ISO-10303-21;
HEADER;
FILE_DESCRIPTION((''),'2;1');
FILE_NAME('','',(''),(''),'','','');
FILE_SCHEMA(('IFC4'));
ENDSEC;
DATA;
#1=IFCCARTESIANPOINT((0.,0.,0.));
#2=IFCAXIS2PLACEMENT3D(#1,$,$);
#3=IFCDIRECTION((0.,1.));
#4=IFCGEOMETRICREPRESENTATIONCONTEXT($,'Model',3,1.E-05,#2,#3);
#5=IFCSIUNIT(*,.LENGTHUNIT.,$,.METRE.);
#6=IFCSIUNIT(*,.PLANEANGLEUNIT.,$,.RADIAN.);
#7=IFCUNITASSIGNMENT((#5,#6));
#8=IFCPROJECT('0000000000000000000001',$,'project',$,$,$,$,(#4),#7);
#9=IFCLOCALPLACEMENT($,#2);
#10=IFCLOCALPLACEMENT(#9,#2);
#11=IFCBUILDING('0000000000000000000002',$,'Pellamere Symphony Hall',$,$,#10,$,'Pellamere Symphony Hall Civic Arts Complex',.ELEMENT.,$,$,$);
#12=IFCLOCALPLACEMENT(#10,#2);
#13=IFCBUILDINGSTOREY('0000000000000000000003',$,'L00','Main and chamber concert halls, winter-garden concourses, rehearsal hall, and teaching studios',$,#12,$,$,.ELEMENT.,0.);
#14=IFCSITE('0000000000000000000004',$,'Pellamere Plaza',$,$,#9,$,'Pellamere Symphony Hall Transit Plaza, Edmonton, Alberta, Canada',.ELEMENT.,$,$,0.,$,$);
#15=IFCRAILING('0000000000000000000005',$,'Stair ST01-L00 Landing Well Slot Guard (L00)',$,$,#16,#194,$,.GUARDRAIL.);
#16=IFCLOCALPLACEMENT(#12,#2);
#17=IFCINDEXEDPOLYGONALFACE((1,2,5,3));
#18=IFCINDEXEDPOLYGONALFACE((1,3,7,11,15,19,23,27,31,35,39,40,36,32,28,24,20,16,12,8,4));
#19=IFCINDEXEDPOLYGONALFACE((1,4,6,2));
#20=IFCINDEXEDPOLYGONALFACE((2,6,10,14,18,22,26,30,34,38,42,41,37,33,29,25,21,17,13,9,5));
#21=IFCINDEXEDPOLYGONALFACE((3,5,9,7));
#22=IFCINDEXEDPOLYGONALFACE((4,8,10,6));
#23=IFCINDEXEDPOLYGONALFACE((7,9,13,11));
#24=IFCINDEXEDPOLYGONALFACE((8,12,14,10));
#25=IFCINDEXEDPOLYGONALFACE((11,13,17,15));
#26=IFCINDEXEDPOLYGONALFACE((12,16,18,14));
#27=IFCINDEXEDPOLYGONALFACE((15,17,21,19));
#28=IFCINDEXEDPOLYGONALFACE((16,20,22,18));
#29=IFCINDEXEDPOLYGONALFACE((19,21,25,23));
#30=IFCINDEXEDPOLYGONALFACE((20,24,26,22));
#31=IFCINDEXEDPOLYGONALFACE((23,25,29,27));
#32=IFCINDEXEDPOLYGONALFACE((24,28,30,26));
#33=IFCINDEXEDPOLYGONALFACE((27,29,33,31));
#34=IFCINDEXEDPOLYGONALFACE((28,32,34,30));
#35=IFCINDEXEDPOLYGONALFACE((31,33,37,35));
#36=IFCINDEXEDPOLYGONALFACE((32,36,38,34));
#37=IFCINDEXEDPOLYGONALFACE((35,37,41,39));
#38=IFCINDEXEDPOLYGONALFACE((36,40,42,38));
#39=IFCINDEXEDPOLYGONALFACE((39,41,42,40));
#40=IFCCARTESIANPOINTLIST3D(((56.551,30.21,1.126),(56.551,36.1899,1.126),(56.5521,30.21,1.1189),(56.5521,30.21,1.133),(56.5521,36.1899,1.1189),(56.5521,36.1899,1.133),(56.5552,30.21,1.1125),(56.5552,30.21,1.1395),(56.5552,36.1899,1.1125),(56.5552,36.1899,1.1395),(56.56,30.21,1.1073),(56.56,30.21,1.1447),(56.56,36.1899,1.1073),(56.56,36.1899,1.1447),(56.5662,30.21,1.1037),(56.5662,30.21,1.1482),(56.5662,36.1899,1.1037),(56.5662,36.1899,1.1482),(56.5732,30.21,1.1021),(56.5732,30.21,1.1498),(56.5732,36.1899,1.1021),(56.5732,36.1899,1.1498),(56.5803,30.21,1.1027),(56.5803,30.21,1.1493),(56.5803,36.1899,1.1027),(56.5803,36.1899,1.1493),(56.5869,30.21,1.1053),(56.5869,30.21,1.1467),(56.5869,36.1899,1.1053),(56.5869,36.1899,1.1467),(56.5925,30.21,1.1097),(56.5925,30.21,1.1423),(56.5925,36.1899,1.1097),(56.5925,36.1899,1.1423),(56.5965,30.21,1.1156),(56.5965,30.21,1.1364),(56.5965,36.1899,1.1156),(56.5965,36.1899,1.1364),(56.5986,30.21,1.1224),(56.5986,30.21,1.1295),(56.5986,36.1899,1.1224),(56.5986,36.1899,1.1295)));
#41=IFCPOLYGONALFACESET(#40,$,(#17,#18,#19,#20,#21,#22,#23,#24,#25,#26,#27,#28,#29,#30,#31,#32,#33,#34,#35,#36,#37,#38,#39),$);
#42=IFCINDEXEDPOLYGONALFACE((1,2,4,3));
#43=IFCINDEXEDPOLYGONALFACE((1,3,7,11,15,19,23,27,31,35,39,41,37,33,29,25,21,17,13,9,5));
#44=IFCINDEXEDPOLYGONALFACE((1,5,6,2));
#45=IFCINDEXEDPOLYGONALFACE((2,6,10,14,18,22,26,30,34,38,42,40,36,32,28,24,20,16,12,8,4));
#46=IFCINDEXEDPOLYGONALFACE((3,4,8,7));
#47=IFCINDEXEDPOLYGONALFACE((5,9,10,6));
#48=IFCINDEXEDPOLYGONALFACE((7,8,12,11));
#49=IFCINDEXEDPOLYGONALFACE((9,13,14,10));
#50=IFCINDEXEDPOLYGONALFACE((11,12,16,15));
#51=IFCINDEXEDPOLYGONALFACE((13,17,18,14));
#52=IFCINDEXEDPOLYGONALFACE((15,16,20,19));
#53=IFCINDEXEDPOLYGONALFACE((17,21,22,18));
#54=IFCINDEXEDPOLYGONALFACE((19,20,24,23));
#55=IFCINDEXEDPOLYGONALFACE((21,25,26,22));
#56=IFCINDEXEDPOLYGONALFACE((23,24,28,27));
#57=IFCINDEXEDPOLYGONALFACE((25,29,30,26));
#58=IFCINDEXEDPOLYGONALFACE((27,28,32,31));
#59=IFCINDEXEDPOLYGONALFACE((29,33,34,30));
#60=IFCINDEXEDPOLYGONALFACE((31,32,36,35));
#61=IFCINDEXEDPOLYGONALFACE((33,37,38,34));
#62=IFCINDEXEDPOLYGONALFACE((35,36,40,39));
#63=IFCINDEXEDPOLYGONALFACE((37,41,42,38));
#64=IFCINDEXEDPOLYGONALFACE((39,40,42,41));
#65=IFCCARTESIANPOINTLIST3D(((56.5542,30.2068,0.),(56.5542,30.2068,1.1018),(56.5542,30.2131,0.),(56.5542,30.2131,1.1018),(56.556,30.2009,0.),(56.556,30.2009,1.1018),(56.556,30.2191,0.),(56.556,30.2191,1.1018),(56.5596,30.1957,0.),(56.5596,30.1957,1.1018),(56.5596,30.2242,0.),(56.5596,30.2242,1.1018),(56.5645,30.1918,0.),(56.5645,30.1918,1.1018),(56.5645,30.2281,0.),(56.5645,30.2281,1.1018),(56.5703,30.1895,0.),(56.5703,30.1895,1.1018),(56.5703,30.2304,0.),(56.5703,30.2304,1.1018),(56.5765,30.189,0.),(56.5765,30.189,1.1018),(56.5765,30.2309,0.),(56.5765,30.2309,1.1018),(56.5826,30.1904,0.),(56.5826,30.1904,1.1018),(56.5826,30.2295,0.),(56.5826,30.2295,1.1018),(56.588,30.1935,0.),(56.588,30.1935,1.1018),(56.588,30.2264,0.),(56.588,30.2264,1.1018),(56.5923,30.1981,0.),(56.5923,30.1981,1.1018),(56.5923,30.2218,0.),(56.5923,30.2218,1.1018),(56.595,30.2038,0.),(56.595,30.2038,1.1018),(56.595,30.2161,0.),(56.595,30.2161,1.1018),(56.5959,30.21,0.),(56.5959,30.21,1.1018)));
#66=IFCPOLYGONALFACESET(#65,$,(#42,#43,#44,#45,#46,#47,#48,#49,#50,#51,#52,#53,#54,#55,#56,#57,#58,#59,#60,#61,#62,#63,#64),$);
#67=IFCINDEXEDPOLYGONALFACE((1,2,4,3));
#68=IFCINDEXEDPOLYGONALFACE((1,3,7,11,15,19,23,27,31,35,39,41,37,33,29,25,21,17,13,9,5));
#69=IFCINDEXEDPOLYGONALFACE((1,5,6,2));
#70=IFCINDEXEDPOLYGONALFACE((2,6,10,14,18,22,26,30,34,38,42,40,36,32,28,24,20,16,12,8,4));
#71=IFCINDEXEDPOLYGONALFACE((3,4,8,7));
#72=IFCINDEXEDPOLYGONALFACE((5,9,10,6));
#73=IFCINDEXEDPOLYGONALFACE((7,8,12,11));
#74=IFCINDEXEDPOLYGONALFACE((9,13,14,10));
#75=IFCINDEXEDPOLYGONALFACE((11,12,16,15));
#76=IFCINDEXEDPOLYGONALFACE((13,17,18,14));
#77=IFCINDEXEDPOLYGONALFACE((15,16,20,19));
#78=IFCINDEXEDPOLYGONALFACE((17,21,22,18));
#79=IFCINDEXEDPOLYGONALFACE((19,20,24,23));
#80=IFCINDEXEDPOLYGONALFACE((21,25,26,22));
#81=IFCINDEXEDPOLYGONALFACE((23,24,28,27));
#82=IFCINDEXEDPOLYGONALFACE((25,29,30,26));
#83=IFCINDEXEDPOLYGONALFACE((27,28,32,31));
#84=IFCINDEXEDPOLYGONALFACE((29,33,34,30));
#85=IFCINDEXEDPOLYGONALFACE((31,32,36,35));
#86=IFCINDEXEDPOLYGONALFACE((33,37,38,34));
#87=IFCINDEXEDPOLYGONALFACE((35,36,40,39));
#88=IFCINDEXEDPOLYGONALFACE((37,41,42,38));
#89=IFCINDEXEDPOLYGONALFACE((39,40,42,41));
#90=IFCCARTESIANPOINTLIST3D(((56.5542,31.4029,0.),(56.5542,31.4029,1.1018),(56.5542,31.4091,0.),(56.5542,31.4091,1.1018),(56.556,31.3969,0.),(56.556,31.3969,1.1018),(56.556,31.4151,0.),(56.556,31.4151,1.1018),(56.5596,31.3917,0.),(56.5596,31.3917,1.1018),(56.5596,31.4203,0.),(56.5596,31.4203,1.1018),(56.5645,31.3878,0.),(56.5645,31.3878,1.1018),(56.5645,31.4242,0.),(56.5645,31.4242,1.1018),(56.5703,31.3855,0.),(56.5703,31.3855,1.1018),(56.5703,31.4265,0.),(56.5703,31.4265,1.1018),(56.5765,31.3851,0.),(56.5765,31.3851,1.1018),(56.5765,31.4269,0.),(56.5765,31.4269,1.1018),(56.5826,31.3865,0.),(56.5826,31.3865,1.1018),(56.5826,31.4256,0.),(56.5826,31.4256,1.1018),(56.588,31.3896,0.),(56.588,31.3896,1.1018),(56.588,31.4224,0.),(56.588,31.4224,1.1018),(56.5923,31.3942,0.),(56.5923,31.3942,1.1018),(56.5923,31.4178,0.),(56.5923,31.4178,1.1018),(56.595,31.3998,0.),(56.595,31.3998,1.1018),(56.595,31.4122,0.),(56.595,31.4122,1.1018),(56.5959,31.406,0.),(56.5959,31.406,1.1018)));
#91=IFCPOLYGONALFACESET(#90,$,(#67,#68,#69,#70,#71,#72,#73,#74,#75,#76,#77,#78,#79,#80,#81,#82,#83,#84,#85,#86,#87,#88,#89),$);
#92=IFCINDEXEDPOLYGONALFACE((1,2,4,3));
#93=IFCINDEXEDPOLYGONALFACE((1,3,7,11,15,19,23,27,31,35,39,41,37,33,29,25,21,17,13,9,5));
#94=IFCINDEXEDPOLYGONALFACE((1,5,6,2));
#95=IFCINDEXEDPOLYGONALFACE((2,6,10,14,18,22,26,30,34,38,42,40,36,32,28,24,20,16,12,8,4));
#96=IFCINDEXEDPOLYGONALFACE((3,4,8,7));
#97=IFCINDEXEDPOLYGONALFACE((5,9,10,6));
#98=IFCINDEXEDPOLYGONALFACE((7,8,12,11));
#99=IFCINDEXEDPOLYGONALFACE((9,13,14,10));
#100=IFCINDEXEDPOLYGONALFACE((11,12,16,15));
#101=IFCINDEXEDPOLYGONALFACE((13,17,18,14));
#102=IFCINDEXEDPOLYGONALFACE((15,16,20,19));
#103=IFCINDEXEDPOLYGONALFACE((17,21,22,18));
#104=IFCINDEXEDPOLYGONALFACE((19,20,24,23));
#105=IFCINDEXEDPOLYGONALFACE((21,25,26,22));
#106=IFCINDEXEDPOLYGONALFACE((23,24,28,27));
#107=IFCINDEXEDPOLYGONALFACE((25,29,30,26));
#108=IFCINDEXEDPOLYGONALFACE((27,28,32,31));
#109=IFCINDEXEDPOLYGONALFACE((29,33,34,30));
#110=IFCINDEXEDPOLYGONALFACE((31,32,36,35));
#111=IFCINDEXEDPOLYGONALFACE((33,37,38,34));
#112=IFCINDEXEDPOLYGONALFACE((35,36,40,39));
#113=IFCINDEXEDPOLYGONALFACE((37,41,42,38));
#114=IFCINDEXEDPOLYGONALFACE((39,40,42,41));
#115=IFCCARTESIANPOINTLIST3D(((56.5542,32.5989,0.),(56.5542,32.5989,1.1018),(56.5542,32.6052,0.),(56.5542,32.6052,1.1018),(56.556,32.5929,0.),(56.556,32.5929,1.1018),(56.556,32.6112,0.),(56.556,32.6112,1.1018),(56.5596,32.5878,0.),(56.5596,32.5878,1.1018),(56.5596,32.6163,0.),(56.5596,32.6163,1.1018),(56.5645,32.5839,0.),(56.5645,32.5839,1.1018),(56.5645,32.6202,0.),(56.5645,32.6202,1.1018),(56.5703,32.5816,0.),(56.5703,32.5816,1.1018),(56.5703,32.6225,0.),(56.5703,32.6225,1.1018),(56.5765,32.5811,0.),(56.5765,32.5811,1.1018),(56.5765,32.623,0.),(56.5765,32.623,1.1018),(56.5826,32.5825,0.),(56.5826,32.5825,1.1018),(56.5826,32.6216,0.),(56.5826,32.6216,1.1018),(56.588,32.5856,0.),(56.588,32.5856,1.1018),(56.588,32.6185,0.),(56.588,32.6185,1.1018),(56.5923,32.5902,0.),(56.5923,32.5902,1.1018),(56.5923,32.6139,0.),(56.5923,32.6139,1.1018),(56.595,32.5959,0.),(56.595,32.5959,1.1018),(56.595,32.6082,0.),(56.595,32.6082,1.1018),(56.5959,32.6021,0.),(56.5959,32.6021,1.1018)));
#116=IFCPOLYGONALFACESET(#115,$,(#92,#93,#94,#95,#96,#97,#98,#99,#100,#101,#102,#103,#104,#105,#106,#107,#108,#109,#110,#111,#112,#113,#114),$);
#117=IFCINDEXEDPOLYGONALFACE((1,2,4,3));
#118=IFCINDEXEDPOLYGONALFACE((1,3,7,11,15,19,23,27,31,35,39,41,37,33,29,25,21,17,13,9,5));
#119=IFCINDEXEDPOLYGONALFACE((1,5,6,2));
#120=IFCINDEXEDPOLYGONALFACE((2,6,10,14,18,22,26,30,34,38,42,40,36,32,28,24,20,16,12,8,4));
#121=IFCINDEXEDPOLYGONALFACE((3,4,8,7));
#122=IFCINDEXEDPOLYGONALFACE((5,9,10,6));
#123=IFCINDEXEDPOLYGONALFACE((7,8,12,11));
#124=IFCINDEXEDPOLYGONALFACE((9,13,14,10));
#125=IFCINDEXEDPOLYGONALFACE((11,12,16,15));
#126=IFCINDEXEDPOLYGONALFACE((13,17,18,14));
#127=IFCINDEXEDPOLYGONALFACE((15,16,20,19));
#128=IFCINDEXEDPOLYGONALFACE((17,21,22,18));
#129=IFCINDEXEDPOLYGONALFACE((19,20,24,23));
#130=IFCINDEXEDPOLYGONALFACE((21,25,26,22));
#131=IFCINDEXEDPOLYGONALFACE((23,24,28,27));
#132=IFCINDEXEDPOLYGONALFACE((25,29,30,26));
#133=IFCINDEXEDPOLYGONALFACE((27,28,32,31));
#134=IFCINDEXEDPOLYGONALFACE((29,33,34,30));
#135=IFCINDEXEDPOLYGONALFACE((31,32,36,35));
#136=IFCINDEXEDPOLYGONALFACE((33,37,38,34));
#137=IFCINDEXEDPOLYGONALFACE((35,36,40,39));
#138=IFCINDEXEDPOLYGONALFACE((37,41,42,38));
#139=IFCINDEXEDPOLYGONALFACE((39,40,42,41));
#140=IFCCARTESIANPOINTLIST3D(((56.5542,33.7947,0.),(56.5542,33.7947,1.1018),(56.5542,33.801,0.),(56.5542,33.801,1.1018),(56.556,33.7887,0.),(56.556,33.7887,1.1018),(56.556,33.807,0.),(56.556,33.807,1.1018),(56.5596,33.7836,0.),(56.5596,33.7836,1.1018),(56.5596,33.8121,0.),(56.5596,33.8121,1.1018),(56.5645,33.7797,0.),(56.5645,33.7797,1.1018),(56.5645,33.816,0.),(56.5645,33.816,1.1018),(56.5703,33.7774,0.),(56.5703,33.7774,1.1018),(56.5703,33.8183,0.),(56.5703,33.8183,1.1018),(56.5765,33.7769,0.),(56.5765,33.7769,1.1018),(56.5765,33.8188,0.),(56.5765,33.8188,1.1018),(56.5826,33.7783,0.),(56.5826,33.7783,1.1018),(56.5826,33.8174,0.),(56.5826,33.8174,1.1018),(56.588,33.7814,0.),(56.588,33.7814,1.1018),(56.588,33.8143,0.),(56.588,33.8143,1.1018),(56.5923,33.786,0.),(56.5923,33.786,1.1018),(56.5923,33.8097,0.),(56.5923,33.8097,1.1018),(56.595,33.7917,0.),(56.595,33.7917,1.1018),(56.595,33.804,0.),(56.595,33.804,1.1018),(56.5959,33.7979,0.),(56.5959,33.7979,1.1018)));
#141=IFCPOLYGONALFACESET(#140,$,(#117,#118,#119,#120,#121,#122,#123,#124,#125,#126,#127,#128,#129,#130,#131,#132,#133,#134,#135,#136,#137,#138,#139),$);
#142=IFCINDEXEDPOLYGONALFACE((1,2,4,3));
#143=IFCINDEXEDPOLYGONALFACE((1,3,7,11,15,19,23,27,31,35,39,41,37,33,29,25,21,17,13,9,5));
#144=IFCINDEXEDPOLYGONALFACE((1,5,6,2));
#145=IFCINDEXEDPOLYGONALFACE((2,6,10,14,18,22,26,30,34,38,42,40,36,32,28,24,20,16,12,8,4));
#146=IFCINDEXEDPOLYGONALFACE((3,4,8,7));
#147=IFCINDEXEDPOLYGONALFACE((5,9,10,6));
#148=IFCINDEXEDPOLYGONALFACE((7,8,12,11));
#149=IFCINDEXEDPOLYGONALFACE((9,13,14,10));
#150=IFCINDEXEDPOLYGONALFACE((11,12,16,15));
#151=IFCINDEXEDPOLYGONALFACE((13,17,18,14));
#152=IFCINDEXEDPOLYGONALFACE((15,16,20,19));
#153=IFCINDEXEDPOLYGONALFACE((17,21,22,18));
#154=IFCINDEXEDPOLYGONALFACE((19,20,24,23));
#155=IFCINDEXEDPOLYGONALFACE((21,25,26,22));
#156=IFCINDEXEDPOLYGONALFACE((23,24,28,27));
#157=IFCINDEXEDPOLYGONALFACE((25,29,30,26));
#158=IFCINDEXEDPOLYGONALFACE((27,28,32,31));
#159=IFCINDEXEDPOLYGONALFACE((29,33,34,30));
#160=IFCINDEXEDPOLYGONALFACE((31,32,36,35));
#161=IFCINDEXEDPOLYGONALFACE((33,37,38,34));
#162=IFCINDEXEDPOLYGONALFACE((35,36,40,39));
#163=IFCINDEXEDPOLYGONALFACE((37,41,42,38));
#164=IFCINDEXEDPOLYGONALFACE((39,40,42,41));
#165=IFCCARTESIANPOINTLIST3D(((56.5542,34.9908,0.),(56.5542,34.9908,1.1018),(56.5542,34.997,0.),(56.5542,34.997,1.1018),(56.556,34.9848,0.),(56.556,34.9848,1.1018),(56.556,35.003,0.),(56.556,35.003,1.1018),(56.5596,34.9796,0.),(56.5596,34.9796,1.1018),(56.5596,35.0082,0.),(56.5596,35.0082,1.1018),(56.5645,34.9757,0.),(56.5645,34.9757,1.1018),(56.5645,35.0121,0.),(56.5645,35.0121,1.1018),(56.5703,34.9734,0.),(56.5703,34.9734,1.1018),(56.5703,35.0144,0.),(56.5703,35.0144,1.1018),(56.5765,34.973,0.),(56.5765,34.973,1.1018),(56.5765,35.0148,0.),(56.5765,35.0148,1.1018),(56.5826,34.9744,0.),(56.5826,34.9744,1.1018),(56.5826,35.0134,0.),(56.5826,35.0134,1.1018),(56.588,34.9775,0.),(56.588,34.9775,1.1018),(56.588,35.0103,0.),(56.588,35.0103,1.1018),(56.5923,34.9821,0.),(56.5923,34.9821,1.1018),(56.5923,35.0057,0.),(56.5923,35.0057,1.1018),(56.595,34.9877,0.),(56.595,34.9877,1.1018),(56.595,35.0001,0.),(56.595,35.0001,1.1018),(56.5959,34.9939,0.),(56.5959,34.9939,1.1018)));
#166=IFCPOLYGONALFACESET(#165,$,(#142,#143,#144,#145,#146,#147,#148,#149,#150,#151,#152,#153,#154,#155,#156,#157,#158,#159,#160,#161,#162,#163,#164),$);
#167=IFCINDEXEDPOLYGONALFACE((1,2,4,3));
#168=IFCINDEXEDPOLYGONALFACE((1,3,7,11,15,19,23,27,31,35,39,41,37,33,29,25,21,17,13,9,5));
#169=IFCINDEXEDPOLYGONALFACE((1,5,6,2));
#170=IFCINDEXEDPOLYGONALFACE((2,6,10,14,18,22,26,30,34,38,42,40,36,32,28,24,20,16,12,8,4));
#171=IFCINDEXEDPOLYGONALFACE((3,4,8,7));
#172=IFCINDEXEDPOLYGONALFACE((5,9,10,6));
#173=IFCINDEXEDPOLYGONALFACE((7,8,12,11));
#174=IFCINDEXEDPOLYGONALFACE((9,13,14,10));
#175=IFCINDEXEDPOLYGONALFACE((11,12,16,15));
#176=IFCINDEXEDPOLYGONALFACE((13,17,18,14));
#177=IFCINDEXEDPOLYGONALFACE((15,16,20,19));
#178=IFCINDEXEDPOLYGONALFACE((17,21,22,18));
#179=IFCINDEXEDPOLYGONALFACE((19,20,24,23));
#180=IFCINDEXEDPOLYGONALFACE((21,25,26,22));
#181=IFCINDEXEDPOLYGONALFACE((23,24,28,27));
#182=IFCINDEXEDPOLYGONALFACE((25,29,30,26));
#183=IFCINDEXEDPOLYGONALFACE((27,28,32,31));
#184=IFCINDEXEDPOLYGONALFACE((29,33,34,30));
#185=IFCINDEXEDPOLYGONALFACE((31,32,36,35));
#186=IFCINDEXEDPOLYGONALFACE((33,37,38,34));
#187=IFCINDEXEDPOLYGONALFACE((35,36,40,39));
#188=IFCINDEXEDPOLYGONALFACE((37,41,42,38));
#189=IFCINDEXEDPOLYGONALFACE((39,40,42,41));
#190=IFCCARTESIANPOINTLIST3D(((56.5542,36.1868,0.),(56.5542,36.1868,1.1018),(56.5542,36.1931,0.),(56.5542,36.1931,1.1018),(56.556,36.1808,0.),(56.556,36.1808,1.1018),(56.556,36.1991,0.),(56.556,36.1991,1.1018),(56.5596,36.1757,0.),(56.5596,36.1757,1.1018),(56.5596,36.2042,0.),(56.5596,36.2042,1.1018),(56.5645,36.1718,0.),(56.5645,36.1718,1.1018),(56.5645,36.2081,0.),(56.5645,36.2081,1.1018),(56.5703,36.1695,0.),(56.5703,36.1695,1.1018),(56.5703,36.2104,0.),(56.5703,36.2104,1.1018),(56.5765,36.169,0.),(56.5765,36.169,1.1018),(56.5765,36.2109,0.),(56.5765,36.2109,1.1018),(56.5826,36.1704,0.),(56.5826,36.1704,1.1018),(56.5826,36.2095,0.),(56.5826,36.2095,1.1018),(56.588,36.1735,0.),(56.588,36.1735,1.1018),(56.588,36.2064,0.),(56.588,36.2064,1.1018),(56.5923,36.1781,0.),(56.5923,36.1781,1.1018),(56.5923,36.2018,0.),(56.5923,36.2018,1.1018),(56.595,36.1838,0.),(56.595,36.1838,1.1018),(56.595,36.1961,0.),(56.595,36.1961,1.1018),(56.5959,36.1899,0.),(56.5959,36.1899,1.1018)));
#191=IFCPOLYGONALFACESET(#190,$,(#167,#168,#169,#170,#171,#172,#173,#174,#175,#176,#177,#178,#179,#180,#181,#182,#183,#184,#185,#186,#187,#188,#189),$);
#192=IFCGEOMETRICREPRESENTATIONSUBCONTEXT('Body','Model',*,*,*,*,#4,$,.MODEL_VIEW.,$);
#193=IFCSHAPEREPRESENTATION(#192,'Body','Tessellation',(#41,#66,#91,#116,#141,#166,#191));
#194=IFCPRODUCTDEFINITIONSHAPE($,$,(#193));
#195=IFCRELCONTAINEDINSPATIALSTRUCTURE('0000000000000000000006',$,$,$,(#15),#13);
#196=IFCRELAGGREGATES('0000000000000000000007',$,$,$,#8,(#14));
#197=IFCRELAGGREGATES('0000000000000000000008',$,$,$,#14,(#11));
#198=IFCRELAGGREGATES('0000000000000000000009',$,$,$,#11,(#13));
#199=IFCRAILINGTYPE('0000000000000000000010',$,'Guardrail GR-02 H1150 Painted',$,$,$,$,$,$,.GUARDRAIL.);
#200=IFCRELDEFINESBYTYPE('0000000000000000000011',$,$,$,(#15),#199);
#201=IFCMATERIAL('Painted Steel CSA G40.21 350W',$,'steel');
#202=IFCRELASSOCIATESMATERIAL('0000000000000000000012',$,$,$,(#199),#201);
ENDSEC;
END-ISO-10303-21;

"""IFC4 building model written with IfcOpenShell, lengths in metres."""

from ifc_helpers import new_model, si_unit, direction, frame, origin, origin_2d, place, context, subcontext, project, spatial, circle, extrude, material, type_object, element, save


model = new_model("IFC4")

# Units and contexts
model_context = context("Model", 3, precision=1e-05, world=origin(), true_north=direction((0.0, 1.0)))
body_context = subcontext(model_context, "Body", "Model", "MODEL_VIEW")
ifc_project = project(units=[si_unit("LENGTHUNIT", "METRE"), si_unit("PLANEANGLEUNIT", "RADIAN")], contexts=[model_context])

# Site, building, storey
site_placement = place(None, origin())
site = spatial("IfcSite", under=ifc_project, at=site_placement, Name="Pellamere Plaza", LongName="Pellamere Symphony Hall Transit Plaza, Edmonton, Alberta, Canada", CompositionType="ELEMENT", RefElevation=0.0)
building_placement = place(site_placement, origin())
building = spatial("IfcBuilding", under=site, at=building_placement, Name="Pellamere Symphony Hall", LongName="Pellamere Symphony Hall Civic Arts Complex", CompositionType="ELEMENT")
storey_placement = place(building_placement, origin())
storey = spatial("IfcBuildingStorey", under=building, at=storey_placement, Name="L00", Description="Main and chamber concert halls, winter-garden concourses, rehearsal hall, and teaching studios", CompositionType="ELEMENT", Elevation=0.0)

# Railing
ifc_material_1 = material(Name="Painted Steel CSA G40.21 350W", Category="steel")
railing_type_1 = type_object("IfcRailingType", Name="Guardrail GR-02 H1150 Painted", PredefinedType="GUARDRAIL", material=ifc_material_1)
railing_1_placement = place(storey_placement, frame((56.575, 30.21, 0.0)))
element("IfcRailing", 1, at=railing_1_placement, inside=storey, type_object=railing_type_1, Name="Stair ST01-L00 Landing Well Slot Guard (L00)", PredefinedType="GUARDRAIL", context=body_context, shape_type="SweptSolid", body=[
    extrude(circle(Radius=0.0239, at=origin_2d()), frame((0.0, 0.0, 1.126), z_axis=(0.0, 1.0, 0.0), x_axis=(-1.0, 0.0, 0.0)), (0.0, 0.0, 1.0), 5.98),
    extrude(circle(Radius=0.021, at=origin_2d()), origin(), (0.0, 0.0, 1.0), 1.1018),
    extrude(circle(Radius=0.021, at=origin_2d()), frame((0.0, 1.196, 0.0)), (0.0, 0.0, 1.0), 1.1018),
    extrude(circle(Radius=0.021, at=origin_2d()), frame((0.0, 2.3921, 0.0)), (0.0, 0.0, 1.0), 1.1018),
    extrude(circle(Radius=0.021, at=origin_2d()), frame((0.0, 3.5879, 0.0)), (0.0, 0.0, 1.0), 1.1018),
    extrude(circle(Radius=0.021, at=origin_2d()), frame((0.0, 4.7839, 0.0)), (0.0, 0.0, 1.0), 1.1018),
    extrude(circle(Radius=0.021, at=origin_2d()), frame((0.0, 5.98, 0.0)), (0.0, 0.0, 1.0), 1.1018),
])

save(model, "model.ifc")
